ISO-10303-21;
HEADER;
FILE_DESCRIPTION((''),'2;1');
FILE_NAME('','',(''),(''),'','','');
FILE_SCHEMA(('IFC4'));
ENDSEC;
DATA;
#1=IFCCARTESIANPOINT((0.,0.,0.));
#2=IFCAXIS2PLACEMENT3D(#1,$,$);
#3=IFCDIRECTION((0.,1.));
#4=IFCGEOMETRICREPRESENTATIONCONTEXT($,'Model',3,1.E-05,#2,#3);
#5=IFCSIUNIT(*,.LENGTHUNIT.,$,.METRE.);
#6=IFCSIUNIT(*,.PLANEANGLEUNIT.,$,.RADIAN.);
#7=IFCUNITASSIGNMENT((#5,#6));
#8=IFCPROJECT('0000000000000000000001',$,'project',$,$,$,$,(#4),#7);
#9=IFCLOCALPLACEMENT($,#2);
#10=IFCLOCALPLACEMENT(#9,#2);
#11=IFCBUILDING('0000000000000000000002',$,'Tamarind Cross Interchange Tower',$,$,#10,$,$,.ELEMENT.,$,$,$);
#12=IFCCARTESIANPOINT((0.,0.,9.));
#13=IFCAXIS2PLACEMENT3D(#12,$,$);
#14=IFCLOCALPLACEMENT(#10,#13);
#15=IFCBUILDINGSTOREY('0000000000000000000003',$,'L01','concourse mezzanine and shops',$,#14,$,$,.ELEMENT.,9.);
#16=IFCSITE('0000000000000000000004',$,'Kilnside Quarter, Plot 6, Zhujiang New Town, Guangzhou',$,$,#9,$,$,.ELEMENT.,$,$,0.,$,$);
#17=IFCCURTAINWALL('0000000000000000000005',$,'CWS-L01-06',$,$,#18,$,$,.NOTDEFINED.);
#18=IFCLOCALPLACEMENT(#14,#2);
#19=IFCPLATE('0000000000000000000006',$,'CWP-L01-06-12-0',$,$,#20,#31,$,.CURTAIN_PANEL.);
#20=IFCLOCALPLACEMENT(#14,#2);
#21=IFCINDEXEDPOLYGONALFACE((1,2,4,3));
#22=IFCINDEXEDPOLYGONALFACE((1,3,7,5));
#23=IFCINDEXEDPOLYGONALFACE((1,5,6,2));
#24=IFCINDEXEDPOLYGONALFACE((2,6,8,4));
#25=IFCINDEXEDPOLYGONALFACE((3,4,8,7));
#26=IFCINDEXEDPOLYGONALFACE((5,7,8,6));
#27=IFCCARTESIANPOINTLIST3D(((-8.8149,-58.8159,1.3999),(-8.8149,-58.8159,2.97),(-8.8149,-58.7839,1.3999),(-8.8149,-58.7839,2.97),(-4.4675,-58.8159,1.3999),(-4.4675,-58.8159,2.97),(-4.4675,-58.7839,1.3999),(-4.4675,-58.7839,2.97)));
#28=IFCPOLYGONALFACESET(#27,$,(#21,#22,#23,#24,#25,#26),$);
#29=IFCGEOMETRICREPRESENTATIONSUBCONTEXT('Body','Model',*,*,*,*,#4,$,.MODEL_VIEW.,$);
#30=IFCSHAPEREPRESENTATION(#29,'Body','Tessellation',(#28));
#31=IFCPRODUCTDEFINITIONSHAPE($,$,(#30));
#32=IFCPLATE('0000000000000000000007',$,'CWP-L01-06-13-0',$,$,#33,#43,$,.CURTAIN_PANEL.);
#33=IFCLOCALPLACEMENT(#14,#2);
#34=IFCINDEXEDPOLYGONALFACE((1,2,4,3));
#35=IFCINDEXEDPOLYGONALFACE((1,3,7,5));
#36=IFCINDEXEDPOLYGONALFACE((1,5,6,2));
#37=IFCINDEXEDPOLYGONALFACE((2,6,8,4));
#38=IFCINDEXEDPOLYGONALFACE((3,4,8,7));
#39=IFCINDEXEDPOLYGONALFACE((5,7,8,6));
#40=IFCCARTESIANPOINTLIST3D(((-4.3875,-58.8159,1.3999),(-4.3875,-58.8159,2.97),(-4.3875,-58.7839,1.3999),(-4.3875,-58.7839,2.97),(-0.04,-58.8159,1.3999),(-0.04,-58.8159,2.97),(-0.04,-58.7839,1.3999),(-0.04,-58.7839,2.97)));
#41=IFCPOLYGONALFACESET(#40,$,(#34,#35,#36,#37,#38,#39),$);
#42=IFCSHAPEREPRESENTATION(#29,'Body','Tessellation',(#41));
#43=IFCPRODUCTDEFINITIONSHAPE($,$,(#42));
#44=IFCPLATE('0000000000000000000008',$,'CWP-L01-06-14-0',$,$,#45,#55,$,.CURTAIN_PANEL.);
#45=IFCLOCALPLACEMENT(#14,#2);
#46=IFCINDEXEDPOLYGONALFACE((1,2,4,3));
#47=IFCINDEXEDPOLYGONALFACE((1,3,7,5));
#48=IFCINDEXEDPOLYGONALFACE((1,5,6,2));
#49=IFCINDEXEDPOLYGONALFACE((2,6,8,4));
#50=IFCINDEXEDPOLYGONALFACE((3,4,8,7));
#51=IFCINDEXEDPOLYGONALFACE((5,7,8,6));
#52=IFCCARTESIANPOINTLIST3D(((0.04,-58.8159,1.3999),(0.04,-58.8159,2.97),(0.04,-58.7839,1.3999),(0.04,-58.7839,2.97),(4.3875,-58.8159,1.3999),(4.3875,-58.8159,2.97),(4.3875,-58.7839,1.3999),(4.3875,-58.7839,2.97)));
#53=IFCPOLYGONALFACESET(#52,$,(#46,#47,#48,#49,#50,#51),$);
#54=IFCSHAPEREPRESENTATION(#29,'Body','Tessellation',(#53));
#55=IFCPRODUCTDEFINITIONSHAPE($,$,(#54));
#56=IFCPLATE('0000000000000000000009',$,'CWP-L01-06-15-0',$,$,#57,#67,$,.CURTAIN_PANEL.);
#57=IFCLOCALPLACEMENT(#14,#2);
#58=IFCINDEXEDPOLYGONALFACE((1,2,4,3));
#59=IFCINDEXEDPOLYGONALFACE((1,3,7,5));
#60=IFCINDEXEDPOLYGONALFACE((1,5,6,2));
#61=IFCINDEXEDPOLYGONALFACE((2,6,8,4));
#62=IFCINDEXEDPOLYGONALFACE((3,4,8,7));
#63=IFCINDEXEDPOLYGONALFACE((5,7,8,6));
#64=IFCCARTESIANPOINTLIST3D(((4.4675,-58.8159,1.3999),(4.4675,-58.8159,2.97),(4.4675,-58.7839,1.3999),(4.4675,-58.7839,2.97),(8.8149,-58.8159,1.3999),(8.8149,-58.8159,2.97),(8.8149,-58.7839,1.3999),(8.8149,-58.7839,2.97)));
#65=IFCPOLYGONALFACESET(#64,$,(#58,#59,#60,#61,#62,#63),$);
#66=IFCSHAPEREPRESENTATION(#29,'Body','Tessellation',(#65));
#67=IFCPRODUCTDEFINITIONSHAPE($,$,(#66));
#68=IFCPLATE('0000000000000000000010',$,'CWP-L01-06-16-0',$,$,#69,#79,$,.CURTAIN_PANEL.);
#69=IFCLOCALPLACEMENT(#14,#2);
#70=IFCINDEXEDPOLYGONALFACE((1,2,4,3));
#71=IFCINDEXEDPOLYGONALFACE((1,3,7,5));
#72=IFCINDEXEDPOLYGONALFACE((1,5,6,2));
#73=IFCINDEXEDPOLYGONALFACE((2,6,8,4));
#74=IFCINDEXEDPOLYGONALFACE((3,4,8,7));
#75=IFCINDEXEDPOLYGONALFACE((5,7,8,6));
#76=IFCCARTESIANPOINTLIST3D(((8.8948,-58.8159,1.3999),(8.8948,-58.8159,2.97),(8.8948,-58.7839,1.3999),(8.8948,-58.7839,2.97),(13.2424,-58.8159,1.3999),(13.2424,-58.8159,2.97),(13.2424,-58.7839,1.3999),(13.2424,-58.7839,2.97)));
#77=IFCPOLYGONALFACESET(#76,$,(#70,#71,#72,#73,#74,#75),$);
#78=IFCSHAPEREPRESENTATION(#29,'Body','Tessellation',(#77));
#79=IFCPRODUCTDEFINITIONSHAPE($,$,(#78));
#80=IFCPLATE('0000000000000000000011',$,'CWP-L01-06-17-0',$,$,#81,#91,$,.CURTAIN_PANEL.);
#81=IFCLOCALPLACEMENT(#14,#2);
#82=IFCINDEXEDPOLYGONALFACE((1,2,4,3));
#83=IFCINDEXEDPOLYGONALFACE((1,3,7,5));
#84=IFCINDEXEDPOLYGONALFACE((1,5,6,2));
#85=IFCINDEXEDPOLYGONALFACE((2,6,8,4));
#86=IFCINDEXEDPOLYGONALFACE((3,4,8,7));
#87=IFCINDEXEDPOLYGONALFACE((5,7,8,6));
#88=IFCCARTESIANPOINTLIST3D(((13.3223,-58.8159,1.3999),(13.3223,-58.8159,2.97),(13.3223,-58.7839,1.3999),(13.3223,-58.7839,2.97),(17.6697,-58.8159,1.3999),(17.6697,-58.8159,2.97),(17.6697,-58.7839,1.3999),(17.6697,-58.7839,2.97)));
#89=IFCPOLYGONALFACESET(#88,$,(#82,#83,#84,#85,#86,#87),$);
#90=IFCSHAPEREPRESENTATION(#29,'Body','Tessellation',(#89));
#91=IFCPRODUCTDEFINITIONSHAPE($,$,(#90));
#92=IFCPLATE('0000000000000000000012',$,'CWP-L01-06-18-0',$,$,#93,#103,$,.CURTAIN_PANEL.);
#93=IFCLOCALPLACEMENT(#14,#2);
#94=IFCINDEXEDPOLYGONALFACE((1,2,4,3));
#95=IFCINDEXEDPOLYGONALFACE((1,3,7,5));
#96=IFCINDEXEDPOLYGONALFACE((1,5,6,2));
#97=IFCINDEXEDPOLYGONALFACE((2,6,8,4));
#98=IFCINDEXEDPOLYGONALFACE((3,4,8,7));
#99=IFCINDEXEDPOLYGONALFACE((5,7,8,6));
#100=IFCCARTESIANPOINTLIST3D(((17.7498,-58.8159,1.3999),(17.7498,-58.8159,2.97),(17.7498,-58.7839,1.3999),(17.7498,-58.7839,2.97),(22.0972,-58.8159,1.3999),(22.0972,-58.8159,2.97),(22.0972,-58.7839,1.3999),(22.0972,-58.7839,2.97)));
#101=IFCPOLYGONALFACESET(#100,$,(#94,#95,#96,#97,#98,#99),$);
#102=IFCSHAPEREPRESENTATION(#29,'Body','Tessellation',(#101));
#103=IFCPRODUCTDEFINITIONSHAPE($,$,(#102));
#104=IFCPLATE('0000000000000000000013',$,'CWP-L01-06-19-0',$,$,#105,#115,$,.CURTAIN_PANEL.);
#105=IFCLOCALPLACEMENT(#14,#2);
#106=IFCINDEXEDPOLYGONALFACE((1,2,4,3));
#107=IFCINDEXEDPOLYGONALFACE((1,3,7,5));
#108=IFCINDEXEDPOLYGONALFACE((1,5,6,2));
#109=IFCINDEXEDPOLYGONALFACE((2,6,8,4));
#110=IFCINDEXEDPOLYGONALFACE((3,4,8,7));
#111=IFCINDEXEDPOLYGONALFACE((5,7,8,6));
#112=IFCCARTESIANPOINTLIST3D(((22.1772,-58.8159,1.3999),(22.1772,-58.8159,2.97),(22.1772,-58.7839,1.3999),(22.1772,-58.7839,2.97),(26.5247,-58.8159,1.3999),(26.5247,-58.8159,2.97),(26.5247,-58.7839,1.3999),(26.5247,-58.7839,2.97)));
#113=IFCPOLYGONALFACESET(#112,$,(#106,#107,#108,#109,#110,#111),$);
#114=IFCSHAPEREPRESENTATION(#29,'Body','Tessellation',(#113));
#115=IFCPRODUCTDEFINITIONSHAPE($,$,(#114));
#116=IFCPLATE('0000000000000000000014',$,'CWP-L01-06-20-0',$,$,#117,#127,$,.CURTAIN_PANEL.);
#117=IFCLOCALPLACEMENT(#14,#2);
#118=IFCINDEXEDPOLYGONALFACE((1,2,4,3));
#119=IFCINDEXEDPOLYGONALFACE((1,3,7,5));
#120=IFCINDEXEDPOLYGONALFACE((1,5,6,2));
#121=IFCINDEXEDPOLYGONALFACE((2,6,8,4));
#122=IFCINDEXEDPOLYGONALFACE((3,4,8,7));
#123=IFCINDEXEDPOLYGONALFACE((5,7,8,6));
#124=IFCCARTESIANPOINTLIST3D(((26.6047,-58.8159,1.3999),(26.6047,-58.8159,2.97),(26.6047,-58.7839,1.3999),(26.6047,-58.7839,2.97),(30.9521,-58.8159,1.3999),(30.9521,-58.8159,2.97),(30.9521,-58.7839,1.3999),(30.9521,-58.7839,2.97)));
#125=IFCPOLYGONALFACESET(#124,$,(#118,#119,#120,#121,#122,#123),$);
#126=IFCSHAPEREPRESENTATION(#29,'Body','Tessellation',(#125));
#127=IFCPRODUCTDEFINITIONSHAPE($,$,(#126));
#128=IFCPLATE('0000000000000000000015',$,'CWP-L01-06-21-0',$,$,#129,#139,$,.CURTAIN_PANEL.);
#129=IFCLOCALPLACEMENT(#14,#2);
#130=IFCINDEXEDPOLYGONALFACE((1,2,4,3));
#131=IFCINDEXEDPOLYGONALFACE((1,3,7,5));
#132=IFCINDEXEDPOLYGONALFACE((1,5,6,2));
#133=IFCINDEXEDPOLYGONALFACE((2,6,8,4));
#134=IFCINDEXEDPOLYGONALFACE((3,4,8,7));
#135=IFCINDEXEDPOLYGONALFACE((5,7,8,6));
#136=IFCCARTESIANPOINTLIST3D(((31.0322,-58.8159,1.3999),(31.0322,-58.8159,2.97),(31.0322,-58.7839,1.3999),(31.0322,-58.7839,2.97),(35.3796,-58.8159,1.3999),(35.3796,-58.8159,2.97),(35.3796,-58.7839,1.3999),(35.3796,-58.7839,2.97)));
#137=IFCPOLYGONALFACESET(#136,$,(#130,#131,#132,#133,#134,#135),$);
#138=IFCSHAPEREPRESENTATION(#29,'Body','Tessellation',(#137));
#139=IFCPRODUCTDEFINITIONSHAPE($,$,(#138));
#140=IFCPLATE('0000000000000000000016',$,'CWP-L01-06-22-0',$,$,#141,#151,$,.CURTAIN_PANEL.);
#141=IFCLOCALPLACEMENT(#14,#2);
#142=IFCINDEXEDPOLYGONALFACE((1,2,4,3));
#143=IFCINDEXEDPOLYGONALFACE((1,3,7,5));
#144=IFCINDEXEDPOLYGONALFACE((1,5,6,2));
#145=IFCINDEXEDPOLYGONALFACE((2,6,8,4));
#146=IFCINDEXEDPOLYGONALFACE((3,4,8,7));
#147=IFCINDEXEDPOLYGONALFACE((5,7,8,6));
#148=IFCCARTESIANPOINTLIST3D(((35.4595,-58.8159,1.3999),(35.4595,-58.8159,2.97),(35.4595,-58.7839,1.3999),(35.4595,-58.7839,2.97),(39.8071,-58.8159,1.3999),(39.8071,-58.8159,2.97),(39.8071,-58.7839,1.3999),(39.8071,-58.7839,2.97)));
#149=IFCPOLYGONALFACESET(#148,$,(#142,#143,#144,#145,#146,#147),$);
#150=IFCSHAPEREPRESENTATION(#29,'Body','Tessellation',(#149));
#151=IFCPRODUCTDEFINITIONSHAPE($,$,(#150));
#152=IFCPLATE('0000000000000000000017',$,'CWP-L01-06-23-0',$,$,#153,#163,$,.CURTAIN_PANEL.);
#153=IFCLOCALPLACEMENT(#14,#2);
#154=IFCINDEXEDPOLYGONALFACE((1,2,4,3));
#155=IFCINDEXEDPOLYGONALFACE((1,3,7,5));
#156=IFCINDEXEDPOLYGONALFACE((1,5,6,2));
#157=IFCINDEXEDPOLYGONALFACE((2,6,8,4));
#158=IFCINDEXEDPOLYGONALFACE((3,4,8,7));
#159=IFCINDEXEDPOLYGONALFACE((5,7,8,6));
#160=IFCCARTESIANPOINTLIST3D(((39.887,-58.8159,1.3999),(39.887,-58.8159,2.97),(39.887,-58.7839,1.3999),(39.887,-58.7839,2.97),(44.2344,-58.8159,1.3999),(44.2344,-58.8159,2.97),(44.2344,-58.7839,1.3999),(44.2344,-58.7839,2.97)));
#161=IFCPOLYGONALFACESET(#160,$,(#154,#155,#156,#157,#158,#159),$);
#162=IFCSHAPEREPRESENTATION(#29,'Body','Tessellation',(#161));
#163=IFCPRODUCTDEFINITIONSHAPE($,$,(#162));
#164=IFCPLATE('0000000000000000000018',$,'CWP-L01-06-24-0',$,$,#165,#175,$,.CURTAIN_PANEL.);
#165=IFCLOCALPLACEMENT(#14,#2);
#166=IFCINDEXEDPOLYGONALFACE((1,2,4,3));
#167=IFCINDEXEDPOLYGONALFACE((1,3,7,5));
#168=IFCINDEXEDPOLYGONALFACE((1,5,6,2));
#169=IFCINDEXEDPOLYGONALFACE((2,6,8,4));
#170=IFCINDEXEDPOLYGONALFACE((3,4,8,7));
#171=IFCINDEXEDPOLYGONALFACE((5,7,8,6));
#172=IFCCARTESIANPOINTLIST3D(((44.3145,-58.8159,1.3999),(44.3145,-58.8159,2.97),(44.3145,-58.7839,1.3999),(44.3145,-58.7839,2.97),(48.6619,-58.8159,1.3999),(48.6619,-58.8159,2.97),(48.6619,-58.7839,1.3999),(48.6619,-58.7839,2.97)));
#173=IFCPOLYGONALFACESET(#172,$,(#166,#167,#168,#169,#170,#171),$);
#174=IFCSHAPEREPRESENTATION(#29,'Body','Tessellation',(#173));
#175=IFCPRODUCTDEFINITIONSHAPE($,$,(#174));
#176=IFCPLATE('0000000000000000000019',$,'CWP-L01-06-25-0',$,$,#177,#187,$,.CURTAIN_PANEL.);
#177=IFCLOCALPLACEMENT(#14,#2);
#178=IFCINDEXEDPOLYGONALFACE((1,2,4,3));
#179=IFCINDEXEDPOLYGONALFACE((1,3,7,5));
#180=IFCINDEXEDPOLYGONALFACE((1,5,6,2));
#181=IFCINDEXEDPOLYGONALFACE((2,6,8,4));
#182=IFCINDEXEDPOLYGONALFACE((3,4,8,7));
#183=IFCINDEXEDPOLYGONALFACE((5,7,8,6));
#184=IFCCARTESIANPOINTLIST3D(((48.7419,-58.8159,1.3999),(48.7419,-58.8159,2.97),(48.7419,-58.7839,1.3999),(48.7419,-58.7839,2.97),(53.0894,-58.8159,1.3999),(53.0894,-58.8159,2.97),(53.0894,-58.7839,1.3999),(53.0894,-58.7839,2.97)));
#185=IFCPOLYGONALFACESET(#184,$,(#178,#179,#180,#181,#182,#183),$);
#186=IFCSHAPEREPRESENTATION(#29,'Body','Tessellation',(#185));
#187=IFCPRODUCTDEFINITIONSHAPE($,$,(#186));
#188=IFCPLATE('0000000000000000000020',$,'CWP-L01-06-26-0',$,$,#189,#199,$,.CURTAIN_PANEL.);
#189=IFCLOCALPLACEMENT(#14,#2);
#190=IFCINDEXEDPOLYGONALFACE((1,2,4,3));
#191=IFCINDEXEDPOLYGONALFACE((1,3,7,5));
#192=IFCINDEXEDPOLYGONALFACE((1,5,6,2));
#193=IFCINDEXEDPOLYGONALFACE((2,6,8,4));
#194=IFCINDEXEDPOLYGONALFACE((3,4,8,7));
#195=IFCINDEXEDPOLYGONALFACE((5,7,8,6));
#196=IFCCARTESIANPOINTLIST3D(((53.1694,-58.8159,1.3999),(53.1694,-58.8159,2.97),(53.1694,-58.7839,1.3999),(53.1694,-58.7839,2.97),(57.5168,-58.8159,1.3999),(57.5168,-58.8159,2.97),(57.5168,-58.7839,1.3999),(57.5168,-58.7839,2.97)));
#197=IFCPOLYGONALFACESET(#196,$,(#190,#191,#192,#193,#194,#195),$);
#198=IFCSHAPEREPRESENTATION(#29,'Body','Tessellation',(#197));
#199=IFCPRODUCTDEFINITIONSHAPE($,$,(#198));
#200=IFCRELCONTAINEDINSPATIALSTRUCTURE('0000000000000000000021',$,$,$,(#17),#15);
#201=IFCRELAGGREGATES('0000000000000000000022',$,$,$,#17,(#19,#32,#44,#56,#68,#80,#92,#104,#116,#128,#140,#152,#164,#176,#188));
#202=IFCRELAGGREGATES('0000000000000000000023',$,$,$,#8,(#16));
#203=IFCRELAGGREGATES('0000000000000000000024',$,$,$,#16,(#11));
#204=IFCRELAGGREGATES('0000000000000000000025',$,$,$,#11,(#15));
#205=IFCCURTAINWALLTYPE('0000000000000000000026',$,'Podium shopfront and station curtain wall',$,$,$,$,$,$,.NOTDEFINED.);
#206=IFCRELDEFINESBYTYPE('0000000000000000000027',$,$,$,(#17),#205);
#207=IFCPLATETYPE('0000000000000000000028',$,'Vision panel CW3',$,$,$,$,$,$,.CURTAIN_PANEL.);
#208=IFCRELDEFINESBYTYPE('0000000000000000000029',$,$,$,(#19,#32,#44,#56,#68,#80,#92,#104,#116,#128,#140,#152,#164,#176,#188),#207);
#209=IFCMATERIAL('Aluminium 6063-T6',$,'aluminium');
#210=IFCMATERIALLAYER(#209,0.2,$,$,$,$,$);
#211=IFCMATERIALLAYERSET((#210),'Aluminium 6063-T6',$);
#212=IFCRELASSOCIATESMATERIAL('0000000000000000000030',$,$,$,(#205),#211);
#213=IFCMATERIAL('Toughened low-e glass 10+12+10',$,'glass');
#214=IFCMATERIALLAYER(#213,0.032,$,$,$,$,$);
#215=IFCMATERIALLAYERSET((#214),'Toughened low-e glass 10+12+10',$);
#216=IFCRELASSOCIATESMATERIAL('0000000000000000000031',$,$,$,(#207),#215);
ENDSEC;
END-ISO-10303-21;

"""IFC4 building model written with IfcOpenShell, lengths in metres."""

from ifc_helpers import new_model, si_unit, direction, frame, origin, place, context, subcontext, project, spatial, polyline, outline, extrude, material, layer, layer_set, type_object, element, aggregate, save


model = new_model("IFC4")

# Units and contexts
model_context = context("Model", 3, precision=1e-05, world=origin(), true_north=direction((0.0, 1.0)))
body_context = subcontext(model_context, "Body", "Model", "MODEL_VIEW")
ifc_project = project(units=[si_unit("LENGTHUNIT", "METRE"), si_unit("PLANEANGLEUNIT", "RADIAN")], contexts=[model_context])

# Site, building, storey
site_placement = place(None, origin())
site = spatial("IfcSite", under=ifc_project, at=site_placement, Name="Kilnside Quarter, Plot 6, Zhujiang New Town, Guangzhou", CompositionType="ELEMENT", RefElevation=0.0)
building_placement = place(site_placement, origin())
building = spatial("IfcBuilding", under=site, at=building_placement, Name="Tamarind Cross Interchange Tower", CompositionType="ELEMENT")
storey_placement = place(building_placement, frame((0.0, 0.0, 9.0)))
storey = spatial("IfcBuildingStorey", under=building, at=storey_placement, Name="L01", Description="concourse mezzanine and shops", CompositionType="ELEMENT", Elevation=9.0)

# Curtain wall, plates
ifc_material_1 = material(Name="Aluminium 6063-T6", Category="aluminium")
ifc_layer_1 = layer(ifc_material_1, 0.2)
ifc_layer_set_1 = layer_set([ifc_layer_1], Name="Aluminium 6063-T6")
curtain_wall_type = type_object("IfcCurtainWallType", Name="Podium shopfront and station curtain wall", PredefinedType="NOTDEFINED", material=ifc_layer_set_1)
curtain_wall_placement = place(storey_placement, origin())
curtain_wall = element("IfcCurtainWall", 1, at=curtain_wall_placement, inside=storey, type_object=curtain_wall_type, Name="CWS-L01-06", PredefinedType="NOTDEFINED")
ifc_material_2 = material(Name="Toughened low-e glass 10+12+10", Category="glass")
ifc_layer_2 = layer(ifc_material_2, 0.032)
ifc_layer_set_2 = layer_set([ifc_layer_2], Name="Toughened low-e glass 10+12+10")
plate_type = type_object("IfcPlateType", Name="Vision panel CW3", PredefinedType="CURTAIN_PANEL", material=ifc_layer_set_2)
plate_1_placement = place(storey_placement, frame((0.0, 0.0, 1.3999)))
plate_1 = element("IfcPlate", 2, at=plate_1_placement, type_object=plate_type, Name="CWP-L01-06-12-0", PredefinedType="CURTAIN_PANEL", context=body_context, shape_type="SweptSolid", body=[
    extrude(outline(polyline([(-8.8149, -58.7839), (-4.4675, -58.7839), (-4.4675, -58.8159), (-8.8149, -58.8159), (-8.8149, -58.7839)])), origin(), (0.0, 0.0, 1.0), 1.5701),
])
plate_2_placement = place(storey_placement, frame((0.0, 0.0, 1.3999)))
plate_2 = element("IfcPlate", 3, at=plate_2_placement, type_object=plate_type, Name="CWP-L01-06-13-0", PredefinedType="CURTAIN_PANEL", context=body_context, shape_type="SweptSolid", body=[
    extrude(outline(polyline([(-4.3875, -58.7839), (-0.04, -58.7839), (-0.04, -58.8159), (-4.3875, -58.8159), (-4.3875, -58.7839)])), origin(), (0.0, 0.0, 1.0), 1.5701),
])
plate_3_placement = place(storey_placement, frame((0.0, 0.0, 1.3999)))
plate_3 = element("IfcPlate", 4, at=plate_3_placement, type_object=plate_type, Name="CWP-L01-06-14-0", PredefinedType="CURTAIN_PANEL", context=body_context, shape_type="SweptSolid", body=[
    extrude(outline(polyline([(0.04, -58.7839), (4.3875, -58.7839), (4.3875, -58.8159), (0.04, -58.8159), (0.04, -58.7839)])), origin(), (0.0, 0.0, 1.0), 1.5701),
])
plate_4_placement = place(storey_placement, frame((0.0, 0.0, 1.3999)))
plate_4 = element("IfcPlate", 5, at=plate_4_placement, type_object=plate_type, Name="CWP-L01-06-15-0", PredefinedType="CURTAIN_PANEL", context=body_context, shape_type="SweptSolid", body=[
    extrude(outline(polyline([(4.4675, -58.7839), (8.8149, -58.7839), (8.8149, -58.8159), (4.4675, -58.8159), (4.4675, -58.7839)])), origin(), (0.0, 0.0, 1.0), 1.5701),
])
plate_5_placement = place(storey_placement, frame((0.0, 0.0, 1.3999)))
plate_5 = element("IfcPlate", 6, at=plate_5_placement, type_object=plate_type, Name="CWP-L01-06-16-0", PredefinedType="CURTAIN_PANEL", context=body_context, shape_type="SweptSolid", body=[
    extrude(outline(polyline([(8.8948, -58.7839), (13.2424, -58.7839), (13.2424, -58.8159), (8.8948, -58.8159), (8.8948, -58.7839)])), origin(), (0.0, 0.0, 1.0), 1.5701),
])
plate_6_placement = place(storey_placement, frame((0.0, 0.0, 1.3999)))
plate_6 = element("IfcPlate", 7, at=plate_6_placement, type_object=plate_type, Name="CWP-L01-06-17-0", PredefinedType="CURTAIN_PANEL", context=body_context, shape_type="SweptSolid", body=[
    extrude(outline(polyline([(13.3223, -58.7839), (17.6697, -58.7839), (17.6697, -58.8159), (13.3223, -58.8159), (13.3223, -58.7839)])), origin(), (0.0, 0.0, 1.0), 1.5701),
])
plate_7_placement = place(storey_placement, frame((0.0, 0.0, 1.3999)))
plate_7 = element("IfcPlate", 8, at=plate_7_placement, type_object=plate_type, Name="CWP-L01-06-18-0", PredefinedType="CURTAIN_PANEL", context=body_context, shape_type="SweptSolid", body=[
    extrude(outline(polyline([(17.7498, -58.7839), (22.0972, -58.7839), (22.0972, -58.8159), (17.7498, -58.8159), (17.7498, -58.7839)])), origin(), (0.0, 0.0, 1.0), 1.5701),
])
plate_8_placement = place(storey_placement, frame((0.0, 0.0, 1.3999)))
plate_8 = element("IfcPlate", 9, at=plate_8_placement, type_object=plate_type, Name="CWP-L01-06-19-0", PredefinedType="CURTAIN_PANEL", context=body_context, shape_type="SweptSolid", body=[
    extrude(outline(polyline([(22.1772, -58.7839), (26.5247, -58.7839), (26.5247, -58.8159), (22.1772, -58.8159), (22.1772, -58.7839)])), origin(), (0.0, 0.0, 1.0), 1.5701),
])
plate_9_placement = place(storey_placement, frame((0.0, 0.0, 1.3999)))
plate_9 = element("IfcPlate", 10, at=plate_9_placement, type_object=plate_type, Name="CWP-L01-06-20-0", PredefinedType="CURTAIN_PANEL", context=body_context, shape_type="SweptSolid", body=[
    extrude(outline(polyline([(26.6047, -58.7839), (30.9521, -58.7839), (30.9521, -58.8159), (26.6047, -58.8159), (26.6047, -58.7839)])), origin(), (0.0, 0.0, 1.0), 1.5701),
])
plate_10_placement = place(storey_placement, frame((0.0, 0.0, 1.3999)))
plate_10 = element("IfcPlate", 11, at=plate_10_placement, type_object=plate_type, Name="CWP-L01-06-21-0", PredefinedType="CURTAIN_PANEL", context=body_context, shape_type="SweptSolid", body=[
    extrude(outline(polyline([(31.0322, -58.7839), (35.3796, -58.7839), (35.3796, -58.8159), (31.0322, -58.8159), (31.0322, -58.7839)])), origin(), (0.0, 0.0, 1.0), 1.5701),
])
plate_11_placement = place(storey_placement, frame((0.0, 0.0, 1.3999)))
plate_11 = element("IfcPlate", 12, at=plate_11_placement, type_object=plate_type, Name="CWP-L01-06-22-0", PredefinedType="CURTAIN_PANEL", context=body_context, shape_type="SweptSolid", body=[
    extrude(outline(polyline([(35.4595, -58.7839), (39.8071, -58.7839), (39.8071, -58.8159), (35.4595, -58.8159), (35.4595, -58.7839)])), origin(), (0.0, 0.0, 1.0), 1.5701),
])
plate_12_placement = place(storey_placement, frame((0.0, 0.0, 1.3999)))
plate_12 = element("IfcPlate", 13, at=plate_12_placement, type_object=plate_type, Name="CWP-L01-06-23-0", PredefinedType="CURTAIN_PANEL", context=body_context, shape_type="SweptSolid", body=[
    extrude(outline(polyline([(39.887, -58.7839), (44.2344, -58.7839), (44.2344, -58.8159), (39.887, -58.8159), (39.887, -58.7839)])), origin(), (0.0, 0.0, 1.0), 1.5701),
])
plate_13_placement = place(storey_placement, frame((0.0, 0.0, 1.3999)))
plate_13 = element("IfcPlate", 14, at=plate_13_placement, type_object=plate_type, Name="CWP-L01-06-24-0", PredefinedType="CURTAIN_PANEL", context=body_context, shape_type="SweptSolid", body=[
    extrude(outline(polyline([(44.3145, -58.7839), (48.6619, -58.7839), (48.6619, -58.8159), (44.3145, -58.8159), (44.3145, -58.7839)])), origin(), (0.0, 0.0, 1.0), 1.5701),
])
plate_14_placement = place(storey_placement, frame((0.0, 0.0, 1.3999)))
plate_14 = element("IfcPlate", 15, at=plate_14_placement, type_object=plate_type, Name="CWP-L01-06-25-0", PredefinedType="CURTAIN_PANEL", context=body_context, shape_type="SweptSolid", body=[
    extrude(outline(polyline([(48.7419, -58.7839), (53.0894, -58.7839), (53.0894, -58.8159), (48.7419, -58.8159), (48.7419, -58.7839)])), origin(), (0.0, 0.0, 1.0), 1.5701),
])
plate_15_placement = place(storey_placement, frame((0.0, 0.0, 1.3999)))
plate_15 = element("IfcPlate", 16, at=plate_15_placement, type_object=plate_type, Name="CWP-L01-06-26-0", PredefinedType="CURTAIN_PANEL", context=body_context, shape_type="SweptSolid", body=[
    extrude(outline(polyline([(53.1694, -58.7839), (57.5168, -58.7839), (57.5168, -58.8159), (53.1694, -58.8159), (53.1694, -58.7839)])), origin(), (0.0, 0.0, 1.0), 1.5701),
])
aggregate(curtain_wall, [plate_1, plate_2, plate_3, plate_4, plate_5, plate_6, plate_7, plate_8, plate_9, plate_10, plate_11, plate_12, plate_13, plate_14, plate_15])

save(model, "model.ifc")
